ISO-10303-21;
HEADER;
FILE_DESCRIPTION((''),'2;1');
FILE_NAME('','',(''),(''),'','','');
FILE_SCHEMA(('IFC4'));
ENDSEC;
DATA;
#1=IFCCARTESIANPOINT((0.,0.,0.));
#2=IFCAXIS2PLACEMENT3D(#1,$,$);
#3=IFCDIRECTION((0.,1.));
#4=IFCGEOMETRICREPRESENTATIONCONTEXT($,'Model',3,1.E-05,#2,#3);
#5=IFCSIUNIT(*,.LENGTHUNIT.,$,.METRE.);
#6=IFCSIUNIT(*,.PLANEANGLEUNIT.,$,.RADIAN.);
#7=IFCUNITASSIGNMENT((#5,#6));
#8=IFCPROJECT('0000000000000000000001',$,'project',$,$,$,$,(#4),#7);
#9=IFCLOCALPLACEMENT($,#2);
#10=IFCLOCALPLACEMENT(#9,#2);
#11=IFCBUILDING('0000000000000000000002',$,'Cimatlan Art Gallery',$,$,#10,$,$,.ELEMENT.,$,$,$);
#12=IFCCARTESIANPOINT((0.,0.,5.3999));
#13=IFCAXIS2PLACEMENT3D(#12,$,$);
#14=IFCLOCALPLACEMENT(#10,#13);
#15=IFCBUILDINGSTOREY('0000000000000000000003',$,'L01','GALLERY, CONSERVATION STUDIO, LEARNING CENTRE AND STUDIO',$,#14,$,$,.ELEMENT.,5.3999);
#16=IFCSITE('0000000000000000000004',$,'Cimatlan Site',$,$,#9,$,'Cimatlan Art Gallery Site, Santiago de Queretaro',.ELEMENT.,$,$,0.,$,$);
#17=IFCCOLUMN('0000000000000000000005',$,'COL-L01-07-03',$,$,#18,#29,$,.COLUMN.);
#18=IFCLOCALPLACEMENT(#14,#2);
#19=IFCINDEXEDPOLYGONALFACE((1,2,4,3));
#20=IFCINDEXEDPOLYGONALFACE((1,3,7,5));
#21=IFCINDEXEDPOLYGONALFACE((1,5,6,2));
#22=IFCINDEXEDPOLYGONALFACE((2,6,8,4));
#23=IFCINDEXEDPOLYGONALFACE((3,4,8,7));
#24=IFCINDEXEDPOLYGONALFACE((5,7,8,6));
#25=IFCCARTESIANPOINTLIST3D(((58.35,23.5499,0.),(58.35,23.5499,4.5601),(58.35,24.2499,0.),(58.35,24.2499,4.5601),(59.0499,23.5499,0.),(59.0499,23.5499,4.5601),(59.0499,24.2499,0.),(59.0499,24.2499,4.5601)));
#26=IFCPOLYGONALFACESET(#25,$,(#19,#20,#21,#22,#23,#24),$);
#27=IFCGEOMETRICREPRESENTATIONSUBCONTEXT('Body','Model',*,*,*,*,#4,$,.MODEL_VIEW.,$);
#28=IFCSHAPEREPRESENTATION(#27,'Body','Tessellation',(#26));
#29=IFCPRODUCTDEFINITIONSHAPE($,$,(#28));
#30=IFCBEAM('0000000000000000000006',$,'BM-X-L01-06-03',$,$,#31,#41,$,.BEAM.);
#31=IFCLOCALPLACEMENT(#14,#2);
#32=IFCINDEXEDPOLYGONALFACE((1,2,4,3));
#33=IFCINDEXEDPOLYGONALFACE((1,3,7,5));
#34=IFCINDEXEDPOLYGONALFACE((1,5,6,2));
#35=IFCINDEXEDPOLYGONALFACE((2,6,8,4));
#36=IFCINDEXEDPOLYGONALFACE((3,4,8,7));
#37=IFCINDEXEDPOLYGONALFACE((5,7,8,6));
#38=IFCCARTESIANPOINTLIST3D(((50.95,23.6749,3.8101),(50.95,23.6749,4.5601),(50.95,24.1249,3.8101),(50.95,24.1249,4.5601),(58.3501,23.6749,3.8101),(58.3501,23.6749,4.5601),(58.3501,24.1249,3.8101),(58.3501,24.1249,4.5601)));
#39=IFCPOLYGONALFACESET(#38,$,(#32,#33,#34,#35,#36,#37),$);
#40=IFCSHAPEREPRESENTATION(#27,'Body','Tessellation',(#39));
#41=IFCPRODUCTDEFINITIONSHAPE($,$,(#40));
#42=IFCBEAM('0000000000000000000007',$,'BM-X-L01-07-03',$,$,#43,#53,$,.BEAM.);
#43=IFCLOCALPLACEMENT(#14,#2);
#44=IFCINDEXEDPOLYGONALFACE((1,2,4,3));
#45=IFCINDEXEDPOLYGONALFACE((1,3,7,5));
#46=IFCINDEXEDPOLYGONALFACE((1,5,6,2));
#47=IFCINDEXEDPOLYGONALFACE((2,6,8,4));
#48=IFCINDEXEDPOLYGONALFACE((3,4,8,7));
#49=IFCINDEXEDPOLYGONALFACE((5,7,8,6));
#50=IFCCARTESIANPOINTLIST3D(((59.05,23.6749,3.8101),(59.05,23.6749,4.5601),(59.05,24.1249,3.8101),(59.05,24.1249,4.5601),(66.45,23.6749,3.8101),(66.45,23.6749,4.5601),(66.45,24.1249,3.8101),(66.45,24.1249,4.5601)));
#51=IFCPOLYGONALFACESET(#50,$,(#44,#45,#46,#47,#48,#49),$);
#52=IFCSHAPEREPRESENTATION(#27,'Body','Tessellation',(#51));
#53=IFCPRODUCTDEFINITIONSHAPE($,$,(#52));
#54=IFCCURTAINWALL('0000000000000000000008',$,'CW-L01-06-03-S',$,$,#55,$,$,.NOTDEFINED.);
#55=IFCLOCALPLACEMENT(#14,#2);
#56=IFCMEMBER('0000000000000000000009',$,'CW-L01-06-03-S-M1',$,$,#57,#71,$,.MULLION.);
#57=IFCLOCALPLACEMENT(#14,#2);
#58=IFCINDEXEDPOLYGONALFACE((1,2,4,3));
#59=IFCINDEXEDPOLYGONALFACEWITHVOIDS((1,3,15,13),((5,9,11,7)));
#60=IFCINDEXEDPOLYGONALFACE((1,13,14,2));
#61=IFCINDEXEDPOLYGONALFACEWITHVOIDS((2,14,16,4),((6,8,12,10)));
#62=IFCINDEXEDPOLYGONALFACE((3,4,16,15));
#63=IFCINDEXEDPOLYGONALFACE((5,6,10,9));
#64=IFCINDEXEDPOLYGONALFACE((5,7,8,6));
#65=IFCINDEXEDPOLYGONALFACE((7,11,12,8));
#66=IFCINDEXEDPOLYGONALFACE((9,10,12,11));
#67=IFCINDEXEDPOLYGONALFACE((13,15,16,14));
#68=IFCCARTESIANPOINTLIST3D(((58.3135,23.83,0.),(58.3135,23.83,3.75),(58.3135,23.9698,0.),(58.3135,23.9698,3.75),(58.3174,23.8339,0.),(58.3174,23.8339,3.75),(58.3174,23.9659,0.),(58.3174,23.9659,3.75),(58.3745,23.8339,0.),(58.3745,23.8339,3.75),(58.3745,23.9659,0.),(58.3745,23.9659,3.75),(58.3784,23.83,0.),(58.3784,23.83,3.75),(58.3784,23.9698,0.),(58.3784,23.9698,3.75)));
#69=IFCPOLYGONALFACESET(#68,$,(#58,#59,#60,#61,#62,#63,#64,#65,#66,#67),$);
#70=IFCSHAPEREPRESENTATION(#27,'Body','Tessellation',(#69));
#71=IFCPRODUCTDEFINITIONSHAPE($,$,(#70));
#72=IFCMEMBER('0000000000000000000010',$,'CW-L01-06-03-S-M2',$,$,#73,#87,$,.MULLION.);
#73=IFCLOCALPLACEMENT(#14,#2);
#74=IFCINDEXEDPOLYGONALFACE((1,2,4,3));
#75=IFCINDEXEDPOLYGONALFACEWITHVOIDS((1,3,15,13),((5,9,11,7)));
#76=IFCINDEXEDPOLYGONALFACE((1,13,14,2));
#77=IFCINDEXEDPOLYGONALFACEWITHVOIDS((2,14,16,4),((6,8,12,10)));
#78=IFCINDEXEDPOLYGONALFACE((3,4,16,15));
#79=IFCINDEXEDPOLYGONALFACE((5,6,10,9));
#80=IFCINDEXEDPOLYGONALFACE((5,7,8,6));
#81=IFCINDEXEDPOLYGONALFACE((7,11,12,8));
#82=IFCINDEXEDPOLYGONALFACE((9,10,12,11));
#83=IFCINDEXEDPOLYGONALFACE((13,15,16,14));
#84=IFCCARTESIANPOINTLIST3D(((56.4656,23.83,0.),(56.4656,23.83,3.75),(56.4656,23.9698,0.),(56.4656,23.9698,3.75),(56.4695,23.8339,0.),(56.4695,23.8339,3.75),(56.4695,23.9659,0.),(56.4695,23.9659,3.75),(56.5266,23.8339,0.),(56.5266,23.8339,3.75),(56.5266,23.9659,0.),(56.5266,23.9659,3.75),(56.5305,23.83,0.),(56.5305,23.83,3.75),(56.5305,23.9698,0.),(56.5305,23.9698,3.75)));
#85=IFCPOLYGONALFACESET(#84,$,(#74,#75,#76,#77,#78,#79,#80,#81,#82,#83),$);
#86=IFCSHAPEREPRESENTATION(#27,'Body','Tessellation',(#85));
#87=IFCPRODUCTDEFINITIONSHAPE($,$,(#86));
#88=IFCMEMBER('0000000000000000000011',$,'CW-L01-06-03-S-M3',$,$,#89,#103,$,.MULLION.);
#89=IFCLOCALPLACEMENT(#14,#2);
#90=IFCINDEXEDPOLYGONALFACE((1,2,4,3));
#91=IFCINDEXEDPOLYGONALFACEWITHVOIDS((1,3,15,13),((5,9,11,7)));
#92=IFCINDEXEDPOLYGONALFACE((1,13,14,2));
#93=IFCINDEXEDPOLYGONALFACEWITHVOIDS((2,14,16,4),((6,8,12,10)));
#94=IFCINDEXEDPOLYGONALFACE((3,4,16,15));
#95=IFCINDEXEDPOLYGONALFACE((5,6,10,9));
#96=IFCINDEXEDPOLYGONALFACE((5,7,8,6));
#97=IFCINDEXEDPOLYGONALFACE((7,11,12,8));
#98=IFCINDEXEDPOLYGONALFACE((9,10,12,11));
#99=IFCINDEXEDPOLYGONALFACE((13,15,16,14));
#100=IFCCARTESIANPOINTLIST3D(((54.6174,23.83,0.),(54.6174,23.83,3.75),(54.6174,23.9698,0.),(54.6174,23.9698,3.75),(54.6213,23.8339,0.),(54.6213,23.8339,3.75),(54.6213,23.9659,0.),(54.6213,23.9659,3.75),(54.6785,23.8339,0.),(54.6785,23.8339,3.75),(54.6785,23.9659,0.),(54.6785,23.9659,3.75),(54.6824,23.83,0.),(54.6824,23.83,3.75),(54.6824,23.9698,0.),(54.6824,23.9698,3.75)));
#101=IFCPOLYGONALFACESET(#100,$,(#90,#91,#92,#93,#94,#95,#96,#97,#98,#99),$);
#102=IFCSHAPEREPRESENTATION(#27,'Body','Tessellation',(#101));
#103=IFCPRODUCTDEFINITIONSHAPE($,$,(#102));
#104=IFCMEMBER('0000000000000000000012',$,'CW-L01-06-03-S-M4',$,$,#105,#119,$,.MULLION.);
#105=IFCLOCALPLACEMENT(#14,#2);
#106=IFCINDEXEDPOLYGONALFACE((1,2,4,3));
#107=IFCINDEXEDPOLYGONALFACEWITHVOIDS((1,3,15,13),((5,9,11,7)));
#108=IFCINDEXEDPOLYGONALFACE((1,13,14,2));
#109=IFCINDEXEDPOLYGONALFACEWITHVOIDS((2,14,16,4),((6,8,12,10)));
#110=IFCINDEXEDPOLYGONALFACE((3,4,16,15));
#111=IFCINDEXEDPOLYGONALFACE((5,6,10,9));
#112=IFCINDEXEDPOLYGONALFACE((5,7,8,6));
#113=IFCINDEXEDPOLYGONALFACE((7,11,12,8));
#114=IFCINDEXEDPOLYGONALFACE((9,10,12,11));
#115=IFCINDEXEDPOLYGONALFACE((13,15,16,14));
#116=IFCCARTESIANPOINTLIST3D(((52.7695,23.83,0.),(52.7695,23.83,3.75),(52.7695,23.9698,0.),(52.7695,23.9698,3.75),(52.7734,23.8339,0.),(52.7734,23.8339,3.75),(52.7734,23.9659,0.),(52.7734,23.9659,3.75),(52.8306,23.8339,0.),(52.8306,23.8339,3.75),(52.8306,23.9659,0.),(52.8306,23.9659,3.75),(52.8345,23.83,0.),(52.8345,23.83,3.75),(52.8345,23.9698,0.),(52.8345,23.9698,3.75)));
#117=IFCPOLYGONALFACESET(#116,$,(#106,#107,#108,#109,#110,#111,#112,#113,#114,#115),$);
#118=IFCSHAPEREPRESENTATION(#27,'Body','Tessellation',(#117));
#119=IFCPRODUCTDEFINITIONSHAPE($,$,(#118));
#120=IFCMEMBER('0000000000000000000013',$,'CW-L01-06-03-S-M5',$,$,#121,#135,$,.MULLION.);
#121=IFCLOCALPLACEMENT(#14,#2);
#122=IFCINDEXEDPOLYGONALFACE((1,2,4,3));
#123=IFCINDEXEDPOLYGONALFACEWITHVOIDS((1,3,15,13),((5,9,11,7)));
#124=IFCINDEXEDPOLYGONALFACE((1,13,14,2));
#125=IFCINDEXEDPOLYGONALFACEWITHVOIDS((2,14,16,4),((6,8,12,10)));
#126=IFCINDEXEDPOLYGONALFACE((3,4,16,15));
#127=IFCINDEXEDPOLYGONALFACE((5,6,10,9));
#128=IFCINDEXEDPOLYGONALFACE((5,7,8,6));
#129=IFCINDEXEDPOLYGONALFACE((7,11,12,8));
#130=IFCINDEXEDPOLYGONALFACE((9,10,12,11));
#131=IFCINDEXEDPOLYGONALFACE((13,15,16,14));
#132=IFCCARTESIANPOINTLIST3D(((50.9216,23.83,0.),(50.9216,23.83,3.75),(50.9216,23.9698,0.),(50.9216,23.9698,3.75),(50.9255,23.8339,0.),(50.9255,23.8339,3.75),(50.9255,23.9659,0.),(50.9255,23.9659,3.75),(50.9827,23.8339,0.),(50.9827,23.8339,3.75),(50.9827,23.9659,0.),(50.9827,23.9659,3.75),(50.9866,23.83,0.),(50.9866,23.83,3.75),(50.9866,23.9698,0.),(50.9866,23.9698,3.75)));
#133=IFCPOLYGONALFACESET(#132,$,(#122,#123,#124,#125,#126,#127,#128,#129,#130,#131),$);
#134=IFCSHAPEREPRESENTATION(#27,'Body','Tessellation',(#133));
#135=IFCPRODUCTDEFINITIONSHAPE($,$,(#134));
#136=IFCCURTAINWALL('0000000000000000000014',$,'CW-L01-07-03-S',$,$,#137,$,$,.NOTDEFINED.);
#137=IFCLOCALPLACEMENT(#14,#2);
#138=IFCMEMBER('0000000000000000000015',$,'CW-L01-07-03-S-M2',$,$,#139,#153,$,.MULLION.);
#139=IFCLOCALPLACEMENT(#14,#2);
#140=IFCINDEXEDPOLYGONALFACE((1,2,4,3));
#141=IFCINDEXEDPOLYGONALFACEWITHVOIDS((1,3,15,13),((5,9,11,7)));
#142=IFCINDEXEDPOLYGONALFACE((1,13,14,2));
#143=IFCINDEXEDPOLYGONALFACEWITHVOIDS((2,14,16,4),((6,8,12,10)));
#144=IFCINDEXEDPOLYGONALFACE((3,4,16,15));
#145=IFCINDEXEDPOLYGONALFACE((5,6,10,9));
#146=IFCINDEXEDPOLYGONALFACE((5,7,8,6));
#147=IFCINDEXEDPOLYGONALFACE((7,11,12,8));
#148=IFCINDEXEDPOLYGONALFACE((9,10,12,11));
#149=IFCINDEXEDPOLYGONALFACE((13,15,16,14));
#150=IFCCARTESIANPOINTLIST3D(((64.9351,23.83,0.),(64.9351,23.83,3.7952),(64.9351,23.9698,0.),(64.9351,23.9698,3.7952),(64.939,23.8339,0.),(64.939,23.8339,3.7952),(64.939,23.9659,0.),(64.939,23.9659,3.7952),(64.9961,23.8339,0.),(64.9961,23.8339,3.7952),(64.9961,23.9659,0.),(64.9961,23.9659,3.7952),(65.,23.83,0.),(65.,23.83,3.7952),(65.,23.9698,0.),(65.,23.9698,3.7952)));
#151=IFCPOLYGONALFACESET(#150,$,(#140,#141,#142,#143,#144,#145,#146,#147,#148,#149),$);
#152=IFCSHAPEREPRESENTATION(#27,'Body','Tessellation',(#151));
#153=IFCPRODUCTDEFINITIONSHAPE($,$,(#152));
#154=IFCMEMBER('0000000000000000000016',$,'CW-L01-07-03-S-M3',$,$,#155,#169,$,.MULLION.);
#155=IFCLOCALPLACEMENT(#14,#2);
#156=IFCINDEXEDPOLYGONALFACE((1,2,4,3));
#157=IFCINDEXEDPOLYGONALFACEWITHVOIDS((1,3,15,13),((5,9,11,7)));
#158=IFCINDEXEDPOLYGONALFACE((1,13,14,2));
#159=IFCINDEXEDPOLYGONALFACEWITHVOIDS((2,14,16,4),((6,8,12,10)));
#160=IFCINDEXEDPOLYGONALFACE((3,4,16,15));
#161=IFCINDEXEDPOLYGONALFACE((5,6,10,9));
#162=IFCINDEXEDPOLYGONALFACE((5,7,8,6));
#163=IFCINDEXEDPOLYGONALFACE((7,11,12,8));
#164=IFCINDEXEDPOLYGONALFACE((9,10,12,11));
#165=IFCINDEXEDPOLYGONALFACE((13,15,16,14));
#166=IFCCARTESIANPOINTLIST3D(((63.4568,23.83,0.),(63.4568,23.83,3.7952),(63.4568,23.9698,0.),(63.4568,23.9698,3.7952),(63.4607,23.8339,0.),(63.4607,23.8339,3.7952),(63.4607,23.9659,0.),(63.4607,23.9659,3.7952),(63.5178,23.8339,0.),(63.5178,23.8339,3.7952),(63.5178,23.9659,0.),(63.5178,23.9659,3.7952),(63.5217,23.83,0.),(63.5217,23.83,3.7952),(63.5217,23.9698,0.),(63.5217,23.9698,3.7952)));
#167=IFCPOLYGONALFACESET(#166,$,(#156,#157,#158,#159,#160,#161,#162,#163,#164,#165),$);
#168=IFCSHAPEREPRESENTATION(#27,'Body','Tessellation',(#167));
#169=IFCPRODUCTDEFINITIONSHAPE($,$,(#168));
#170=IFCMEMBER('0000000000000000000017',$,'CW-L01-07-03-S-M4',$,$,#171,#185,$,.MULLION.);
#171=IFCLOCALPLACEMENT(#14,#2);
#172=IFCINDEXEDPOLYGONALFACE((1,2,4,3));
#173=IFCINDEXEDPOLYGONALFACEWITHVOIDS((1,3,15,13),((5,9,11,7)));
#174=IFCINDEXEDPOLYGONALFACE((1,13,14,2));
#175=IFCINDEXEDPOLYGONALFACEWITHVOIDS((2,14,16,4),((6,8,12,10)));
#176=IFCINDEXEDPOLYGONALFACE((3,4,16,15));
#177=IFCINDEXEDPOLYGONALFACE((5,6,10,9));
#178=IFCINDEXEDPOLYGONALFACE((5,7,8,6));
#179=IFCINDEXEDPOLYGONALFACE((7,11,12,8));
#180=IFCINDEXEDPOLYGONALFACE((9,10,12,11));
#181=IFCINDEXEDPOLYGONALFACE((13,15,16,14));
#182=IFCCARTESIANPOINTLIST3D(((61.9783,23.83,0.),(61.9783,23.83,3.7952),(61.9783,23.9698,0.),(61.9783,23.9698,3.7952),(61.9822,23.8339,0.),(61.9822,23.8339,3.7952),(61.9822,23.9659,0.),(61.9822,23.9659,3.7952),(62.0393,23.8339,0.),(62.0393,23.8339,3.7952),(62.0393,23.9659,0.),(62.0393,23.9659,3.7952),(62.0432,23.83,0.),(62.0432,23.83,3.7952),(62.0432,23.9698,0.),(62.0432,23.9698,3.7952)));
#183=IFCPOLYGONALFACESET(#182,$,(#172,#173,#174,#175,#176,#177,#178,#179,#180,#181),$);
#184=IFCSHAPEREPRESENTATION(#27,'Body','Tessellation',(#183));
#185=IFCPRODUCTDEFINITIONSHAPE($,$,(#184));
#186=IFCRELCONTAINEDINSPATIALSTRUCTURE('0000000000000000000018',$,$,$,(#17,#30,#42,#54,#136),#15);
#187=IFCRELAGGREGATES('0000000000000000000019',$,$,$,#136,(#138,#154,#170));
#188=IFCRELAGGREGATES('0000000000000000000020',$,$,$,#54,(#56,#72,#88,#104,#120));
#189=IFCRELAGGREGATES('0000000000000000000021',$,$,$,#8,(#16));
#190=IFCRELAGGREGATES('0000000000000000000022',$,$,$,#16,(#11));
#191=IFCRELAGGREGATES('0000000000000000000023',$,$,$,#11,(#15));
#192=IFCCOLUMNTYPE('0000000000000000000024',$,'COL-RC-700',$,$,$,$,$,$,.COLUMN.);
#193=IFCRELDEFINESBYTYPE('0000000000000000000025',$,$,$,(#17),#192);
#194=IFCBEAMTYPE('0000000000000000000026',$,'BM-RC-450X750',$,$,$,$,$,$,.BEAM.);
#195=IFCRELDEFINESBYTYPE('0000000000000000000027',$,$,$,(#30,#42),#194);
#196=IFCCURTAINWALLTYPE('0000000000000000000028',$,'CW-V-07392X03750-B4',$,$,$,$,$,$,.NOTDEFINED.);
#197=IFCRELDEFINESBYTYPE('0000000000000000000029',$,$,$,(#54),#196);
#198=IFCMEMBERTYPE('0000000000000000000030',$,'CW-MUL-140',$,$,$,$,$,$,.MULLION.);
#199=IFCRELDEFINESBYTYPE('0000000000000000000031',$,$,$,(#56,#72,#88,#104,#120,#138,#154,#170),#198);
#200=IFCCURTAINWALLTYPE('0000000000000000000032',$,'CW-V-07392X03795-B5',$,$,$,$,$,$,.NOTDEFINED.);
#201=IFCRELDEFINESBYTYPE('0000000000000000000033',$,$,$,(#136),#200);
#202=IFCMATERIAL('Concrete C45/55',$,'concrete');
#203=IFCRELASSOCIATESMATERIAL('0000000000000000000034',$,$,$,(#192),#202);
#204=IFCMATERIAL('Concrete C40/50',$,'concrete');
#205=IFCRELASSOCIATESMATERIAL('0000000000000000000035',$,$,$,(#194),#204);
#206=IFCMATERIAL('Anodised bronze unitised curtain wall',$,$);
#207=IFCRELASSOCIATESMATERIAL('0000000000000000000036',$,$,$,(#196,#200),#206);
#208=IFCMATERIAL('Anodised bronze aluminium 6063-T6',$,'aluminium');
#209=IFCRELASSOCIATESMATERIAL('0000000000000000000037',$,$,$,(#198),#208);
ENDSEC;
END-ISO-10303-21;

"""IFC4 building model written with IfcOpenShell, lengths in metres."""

from ifc_helpers import new_model, si_unit, direction, frame, origin, origin_2d, place, context, subcontext, project, spatial, rectangle, hollow_rectangle, extrude, material, material_profile, profile_set, type_object, element, aggregate, save


model = new_model("IFC4")

# Units and contexts
model_context = context("Model", 3, precision=1e-05, world=origin(), true_north=direction((0.0, 1.0)))
body_context = subcontext(model_context, "Body", "Model", "MODEL_VIEW")
ifc_project = project(units=[si_unit("LENGTHUNIT", "METRE"), si_unit("PLANEANGLEUNIT", "RADIAN")], contexts=[model_context])

# Site, building, storey
site_placement = place(None, origin())
site = spatial("IfcSite", under=ifc_project, at=site_placement, Name="Cimatlan Site", LongName="Cimatlan Art Gallery Site, Santiago de Queretaro", CompositionType="ELEMENT", RefElevation=0.0)
building_placement = place(site_placement, origin())
building = spatial("IfcBuilding", under=site, at=building_placement, Name="Cimatlan Art Gallery", CompositionType="ELEMENT")
storey_placement = place(building_placement, frame((0.0, 0.0, 5.3999)))
storey = spatial("IfcBuildingStorey", under=building, at=storey_placement, Name="L01", Description="GALLERY, CONSERVATION STUDIO, LEARNING CENTRE AND STUDIO", CompositionType="ELEMENT", Elevation=5.3999)

# Column
ifc_material_1 = material(Name="Concrete C45/55", Category="concrete")
ifc_material_profile_1 = material_profile(ifc_material_1, rectangle(XDim=0.7, YDim=0.7, at=origin_2d()), Name="RC700X700")
ifc_profile_set_1 = profile_set([ifc_material_profile_1], Name="Concrete C45/55")
column_type = type_object("IfcColumnType", Name="COL-RC-700", PredefinedType="COLUMN", material=ifc_profile_set_1)
column_placement = place(storey_placement, frame((58.7, 23.8999, 0.0), z_axis=(0.0, 0.0, 1.0), x_axis=(1.0, 0.0, 0.0)))
element("IfcColumn", 1, at=column_placement, inside=storey, type_object=column_type, Name="COL-L01-07-03", PredefinedType="COLUMN", context=body_context, shape_type="SweptSolid", body=[
    extrude(rectangle(XDim=0.7, YDim=0.7, at=origin_2d()), origin(), (0.0, 0.0, 1.0), 4.5601),
])

# Beams
ifc_material_2 = material(Name="Concrete C40/50", Category="concrete")
ifc_material_profile_2 = material_profile(ifc_material_2, rectangle(XDim=0.45, YDim=0.75, at=origin_2d()), Name="RC450X750")
ifc_profile_set_2 = profile_set([ifc_material_profile_2], Name="Concrete C40/50")
beam_type = type_object("IfcBeamType", Name="BM-RC-450X750", PredefinedType="BEAM", material=ifc_profile_set_2)
beam_1_placement = place(storey_placement, frame((50.95, 23.8999, 4.1851), z_axis=(1.0, 0.0, 0.0), x_axis=(0.0, 1.0, 0.0)))
element("IfcBeam", 2, at=beam_1_placement, inside=storey, type_object=beam_type, Name="BM-X-L01-06-03", PredefinedType="BEAM", context=body_context, shape_type="SweptSolid", body=[
    extrude(rectangle(XDim=0.45, YDim=0.75, at=origin_2d()), origin(), (0.0, 0.0, 1.0), 7.4001),
])
beam_2_placement = place(storey_placement, frame((59.05, 23.8999, 4.1851), z_axis=(1.0, 0.0, 0.0), x_axis=(0.0, 1.0, 0.0)))
element("IfcBeam", 3, at=beam_2_placement, inside=storey, type_object=beam_type, Name="BM-X-L01-07-03", PredefinedType="BEAM", context=body_context, shape_type="SweptSolid", body=[
    extrude(rectangle(XDim=0.45, YDim=0.75, at=origin_2d()), origin(), (0.0, 0.0, 1.0), 7.3999),
])

# Curtain walls, members
ifc_material_3 = material(Name="Anodised bronze unitised curtain wall")
curtain_wall_type_1 = type_object("IfcCurtainWallType", Name="CW-V-07392X03750-B4", PredefinedType="NOTDEFINED", material=ifc_material_3)
curtain_wall_1_placement = place(storey_placement, origin())
curtain_wall_1 = element("IfcCurtainWall", 4, at=curtain_wall_1_placement, inside=storey, type_object=curtain_wall_type_1, Name="CW-L01-06-03-S", PredefinedType="NOTDEFINED")
ifc_material_4 = material(Name="Anodised bronze aluminium 6063-T6", Category="aluminium")
ifc_material_profile_3 = material_profile(ifc_material_4, hollow_rectangle(XDim=0.0649, YDim=0.1399, WallThickness=0.0039, at=origin_2d()), Name="ALU65X140X4")
ifc_profile_set_3 = profile_set([ifc_material_profile_3], Name="Anodised bronze aluminium 6063-T6")
member_type_1 = type_object("IfcMemberType", Name="CW-MUL-140", PredefinedType="MULLION", material=ifc_profile_set_3)
member_1_placement = place(storey_placement, frame((58.3459, 23.8999, 0.0), z_axis=(0.0, 0.0, 1.0), x_axis=(1.0, 0.0, 0.0)))
member_1 = element("IfcMember", 5, at=member_1_placement, type_object=member_type_1, Name="CW-L01-06-03-S-M1", PredefinedType="MULLION", context=body_context, shape_type="SweptSolid", body=[
    extrude(hollow_rectangle(XDim=0.0649, YDim=0.1399, WallThickness=0.0039, at=origin_2d()), origin(), (0.0, 0.0, 1.0), 3.75),
])
member_2_placement = place(storey_placement, frame((56.498, 23.8999, 0.0), z_axis=(0.0, 0.0, 1.0), x_axis=(1.0, 0.0, 0.0)))
member_2 = element("IfcMember", 6, at=member_2_placement, type_object=member_type_1, Name="CW-L01-06-03-S-M2", PredefinedType="MULLION", context=body_context, shape_type="SweptSolid", body=[
    extrude(hollow_rectangle(XDim=0.0649, YDim=0.1399, WallThickness=0.0039, at=origin_2d()), origin(), (0.0, 0.0, 1.0), 3.75),
])
member_3_placement = place(storey_placement, frame((54.6499, 23.8999, 0.0), z_axis=(0.0, 0.0, 1.0), x_axis=(1.0, 0.0, 0.0)))
member_3 = element("IfcMember", 7, at=member_3_placement, type_object=member_type_1, Name="CW-L01-06-03-S-M3", PredefinedType="MULLION", context=body_context, shape_type="SweptSolid", body=[
    extrude(hollow_rectangle(XDim=0.0649, YDim=0.1399, WallThickness=0.0039, at=origin_2d()), origin(), (0.0, 0.0, 1.0), 3.75),
])
member_4_placement = place(storey_placement, frame((52.802, 23.8999, 0.0), z_axis=(0.0, 0.0, 1.0), x_axis=(1.0, 0.0, 0.0)))
member_4 = element("IfcMember", 8, at=member_4_placement, type_object=member_type_1, Name="CW-L01-06-03-S-M4", PredefinedType="MULLION", context=body_context, shape_type="SweptSolid", body=[
    extrude(hollow_rectangle(XDim=0.0649, YDim=0.1399, WallThickness=0.0039, at=origin_2d()), origin(), (0.0, 0.0, 1.0), 3.75),
])
member_5_placement = place(storey_placement, frame((50.9541, 23.8999, 0.0), z_axis=(0.0, 0.0, 1.0), x_axis=(1.0, 0.0, 0.0)))
member_5 = element("IfcMember", 9, at=member_5_placement, type_object=member_type_1, Name="CW-L01-06-03-S-M5", PredefinedType="MULLION", context=body_context, shape_type="SweptSolid", body=[
    extrude(hollow_rectangle(XDim=0.0649, YDim=0.1399, WallThickness=0.0039, at=origin_2d()), origin(), (0.0, 0.0, 1.0), 3.75),
])
curtain_wall_type_2 = type_object("IfcCurtainWallType", Name="CW-V-07392X03795-B5", PredefinedType="NOTDEFINED", material=ifc_material_3)
curtain_wall_2_placement = place(storey_placement, origin())
curtain_wall_2 = element("IfcCurtainWall", 10, at=curtain_wall_2_placement, inside=storey, type_object=curtain_wall_type_2, Name="CW-L01-07-03-S", PredefinedType="NOTDEFINED")
member_6_placement = place(storey_placement, frame((64.9675, 23.8999, 0.0), z_axis=(0.0, 0.0, 1.0), x_axis=(1.0, 0.0, 0.0)))
member_6 = element("IfcMember", 11, at=member_6_placement, type_object=member_type_1, Name="CW-L01-07-03-S-M2", PredefinedType="MULLION", context=body_context, shape_type="SweptSolid", body=[
    extrude(hollow_rectangle(XDim=0.0649, YDim=0.1399, WallThickness=0.0039, at=origin_2d()), origin(), (0.0, 0.0, 1.0), 3.7952),
])
member_7_placement = place(storey_placement, frame((63.4893, 23.8999, 0.0), z_axis=(0.0, 0.0, 1.0), x_axis=(1.0, 0.0, 0.0)))
member_7 = element("IfcMember", 12, at=member_7_placement, type_object=member_type_1, Name="CW-L01-07-03-S-M3", PredefinedType="MULLION", context=body_context, shape_type="SweptSolid", body=[
    extrude(hollow_rectangle(XDim=0.0649, YDim=0.1399, WallThickness=0.0039, at=origin_2d()), origin(), (0.0, 0.0, 1.0), 3.7952),
])
member_8_placement = place(storey_placement, frame((62.0107, 23.8999, 0.0), z_axis=(0.0, 0.0, 1.0), x_axis=(1.0, 0.0, 0.0)))
member_8 = element("IfcMember", 13, at=member_8_placement, type_object=member_type_1, Name="CW-L01-07-03-S-M4", PredefinedType="MULLION", context=body_context, shape_type="SweptSolid", body=[
    extrude(hollow_rectangle(XDim=0.0649, YDim=0.1399, WallThickness=0.0039, at=origin_2d()), origin(), (0.0, 0.0, 1.0), 3.7952),
])

aggregate(curtain_wall_2, [member_6, member_7, member_8])
aggregate(curtain_wall_1, [member_1, member_2, member_3, member_4, member_5])

save(model, "model.ifc")
